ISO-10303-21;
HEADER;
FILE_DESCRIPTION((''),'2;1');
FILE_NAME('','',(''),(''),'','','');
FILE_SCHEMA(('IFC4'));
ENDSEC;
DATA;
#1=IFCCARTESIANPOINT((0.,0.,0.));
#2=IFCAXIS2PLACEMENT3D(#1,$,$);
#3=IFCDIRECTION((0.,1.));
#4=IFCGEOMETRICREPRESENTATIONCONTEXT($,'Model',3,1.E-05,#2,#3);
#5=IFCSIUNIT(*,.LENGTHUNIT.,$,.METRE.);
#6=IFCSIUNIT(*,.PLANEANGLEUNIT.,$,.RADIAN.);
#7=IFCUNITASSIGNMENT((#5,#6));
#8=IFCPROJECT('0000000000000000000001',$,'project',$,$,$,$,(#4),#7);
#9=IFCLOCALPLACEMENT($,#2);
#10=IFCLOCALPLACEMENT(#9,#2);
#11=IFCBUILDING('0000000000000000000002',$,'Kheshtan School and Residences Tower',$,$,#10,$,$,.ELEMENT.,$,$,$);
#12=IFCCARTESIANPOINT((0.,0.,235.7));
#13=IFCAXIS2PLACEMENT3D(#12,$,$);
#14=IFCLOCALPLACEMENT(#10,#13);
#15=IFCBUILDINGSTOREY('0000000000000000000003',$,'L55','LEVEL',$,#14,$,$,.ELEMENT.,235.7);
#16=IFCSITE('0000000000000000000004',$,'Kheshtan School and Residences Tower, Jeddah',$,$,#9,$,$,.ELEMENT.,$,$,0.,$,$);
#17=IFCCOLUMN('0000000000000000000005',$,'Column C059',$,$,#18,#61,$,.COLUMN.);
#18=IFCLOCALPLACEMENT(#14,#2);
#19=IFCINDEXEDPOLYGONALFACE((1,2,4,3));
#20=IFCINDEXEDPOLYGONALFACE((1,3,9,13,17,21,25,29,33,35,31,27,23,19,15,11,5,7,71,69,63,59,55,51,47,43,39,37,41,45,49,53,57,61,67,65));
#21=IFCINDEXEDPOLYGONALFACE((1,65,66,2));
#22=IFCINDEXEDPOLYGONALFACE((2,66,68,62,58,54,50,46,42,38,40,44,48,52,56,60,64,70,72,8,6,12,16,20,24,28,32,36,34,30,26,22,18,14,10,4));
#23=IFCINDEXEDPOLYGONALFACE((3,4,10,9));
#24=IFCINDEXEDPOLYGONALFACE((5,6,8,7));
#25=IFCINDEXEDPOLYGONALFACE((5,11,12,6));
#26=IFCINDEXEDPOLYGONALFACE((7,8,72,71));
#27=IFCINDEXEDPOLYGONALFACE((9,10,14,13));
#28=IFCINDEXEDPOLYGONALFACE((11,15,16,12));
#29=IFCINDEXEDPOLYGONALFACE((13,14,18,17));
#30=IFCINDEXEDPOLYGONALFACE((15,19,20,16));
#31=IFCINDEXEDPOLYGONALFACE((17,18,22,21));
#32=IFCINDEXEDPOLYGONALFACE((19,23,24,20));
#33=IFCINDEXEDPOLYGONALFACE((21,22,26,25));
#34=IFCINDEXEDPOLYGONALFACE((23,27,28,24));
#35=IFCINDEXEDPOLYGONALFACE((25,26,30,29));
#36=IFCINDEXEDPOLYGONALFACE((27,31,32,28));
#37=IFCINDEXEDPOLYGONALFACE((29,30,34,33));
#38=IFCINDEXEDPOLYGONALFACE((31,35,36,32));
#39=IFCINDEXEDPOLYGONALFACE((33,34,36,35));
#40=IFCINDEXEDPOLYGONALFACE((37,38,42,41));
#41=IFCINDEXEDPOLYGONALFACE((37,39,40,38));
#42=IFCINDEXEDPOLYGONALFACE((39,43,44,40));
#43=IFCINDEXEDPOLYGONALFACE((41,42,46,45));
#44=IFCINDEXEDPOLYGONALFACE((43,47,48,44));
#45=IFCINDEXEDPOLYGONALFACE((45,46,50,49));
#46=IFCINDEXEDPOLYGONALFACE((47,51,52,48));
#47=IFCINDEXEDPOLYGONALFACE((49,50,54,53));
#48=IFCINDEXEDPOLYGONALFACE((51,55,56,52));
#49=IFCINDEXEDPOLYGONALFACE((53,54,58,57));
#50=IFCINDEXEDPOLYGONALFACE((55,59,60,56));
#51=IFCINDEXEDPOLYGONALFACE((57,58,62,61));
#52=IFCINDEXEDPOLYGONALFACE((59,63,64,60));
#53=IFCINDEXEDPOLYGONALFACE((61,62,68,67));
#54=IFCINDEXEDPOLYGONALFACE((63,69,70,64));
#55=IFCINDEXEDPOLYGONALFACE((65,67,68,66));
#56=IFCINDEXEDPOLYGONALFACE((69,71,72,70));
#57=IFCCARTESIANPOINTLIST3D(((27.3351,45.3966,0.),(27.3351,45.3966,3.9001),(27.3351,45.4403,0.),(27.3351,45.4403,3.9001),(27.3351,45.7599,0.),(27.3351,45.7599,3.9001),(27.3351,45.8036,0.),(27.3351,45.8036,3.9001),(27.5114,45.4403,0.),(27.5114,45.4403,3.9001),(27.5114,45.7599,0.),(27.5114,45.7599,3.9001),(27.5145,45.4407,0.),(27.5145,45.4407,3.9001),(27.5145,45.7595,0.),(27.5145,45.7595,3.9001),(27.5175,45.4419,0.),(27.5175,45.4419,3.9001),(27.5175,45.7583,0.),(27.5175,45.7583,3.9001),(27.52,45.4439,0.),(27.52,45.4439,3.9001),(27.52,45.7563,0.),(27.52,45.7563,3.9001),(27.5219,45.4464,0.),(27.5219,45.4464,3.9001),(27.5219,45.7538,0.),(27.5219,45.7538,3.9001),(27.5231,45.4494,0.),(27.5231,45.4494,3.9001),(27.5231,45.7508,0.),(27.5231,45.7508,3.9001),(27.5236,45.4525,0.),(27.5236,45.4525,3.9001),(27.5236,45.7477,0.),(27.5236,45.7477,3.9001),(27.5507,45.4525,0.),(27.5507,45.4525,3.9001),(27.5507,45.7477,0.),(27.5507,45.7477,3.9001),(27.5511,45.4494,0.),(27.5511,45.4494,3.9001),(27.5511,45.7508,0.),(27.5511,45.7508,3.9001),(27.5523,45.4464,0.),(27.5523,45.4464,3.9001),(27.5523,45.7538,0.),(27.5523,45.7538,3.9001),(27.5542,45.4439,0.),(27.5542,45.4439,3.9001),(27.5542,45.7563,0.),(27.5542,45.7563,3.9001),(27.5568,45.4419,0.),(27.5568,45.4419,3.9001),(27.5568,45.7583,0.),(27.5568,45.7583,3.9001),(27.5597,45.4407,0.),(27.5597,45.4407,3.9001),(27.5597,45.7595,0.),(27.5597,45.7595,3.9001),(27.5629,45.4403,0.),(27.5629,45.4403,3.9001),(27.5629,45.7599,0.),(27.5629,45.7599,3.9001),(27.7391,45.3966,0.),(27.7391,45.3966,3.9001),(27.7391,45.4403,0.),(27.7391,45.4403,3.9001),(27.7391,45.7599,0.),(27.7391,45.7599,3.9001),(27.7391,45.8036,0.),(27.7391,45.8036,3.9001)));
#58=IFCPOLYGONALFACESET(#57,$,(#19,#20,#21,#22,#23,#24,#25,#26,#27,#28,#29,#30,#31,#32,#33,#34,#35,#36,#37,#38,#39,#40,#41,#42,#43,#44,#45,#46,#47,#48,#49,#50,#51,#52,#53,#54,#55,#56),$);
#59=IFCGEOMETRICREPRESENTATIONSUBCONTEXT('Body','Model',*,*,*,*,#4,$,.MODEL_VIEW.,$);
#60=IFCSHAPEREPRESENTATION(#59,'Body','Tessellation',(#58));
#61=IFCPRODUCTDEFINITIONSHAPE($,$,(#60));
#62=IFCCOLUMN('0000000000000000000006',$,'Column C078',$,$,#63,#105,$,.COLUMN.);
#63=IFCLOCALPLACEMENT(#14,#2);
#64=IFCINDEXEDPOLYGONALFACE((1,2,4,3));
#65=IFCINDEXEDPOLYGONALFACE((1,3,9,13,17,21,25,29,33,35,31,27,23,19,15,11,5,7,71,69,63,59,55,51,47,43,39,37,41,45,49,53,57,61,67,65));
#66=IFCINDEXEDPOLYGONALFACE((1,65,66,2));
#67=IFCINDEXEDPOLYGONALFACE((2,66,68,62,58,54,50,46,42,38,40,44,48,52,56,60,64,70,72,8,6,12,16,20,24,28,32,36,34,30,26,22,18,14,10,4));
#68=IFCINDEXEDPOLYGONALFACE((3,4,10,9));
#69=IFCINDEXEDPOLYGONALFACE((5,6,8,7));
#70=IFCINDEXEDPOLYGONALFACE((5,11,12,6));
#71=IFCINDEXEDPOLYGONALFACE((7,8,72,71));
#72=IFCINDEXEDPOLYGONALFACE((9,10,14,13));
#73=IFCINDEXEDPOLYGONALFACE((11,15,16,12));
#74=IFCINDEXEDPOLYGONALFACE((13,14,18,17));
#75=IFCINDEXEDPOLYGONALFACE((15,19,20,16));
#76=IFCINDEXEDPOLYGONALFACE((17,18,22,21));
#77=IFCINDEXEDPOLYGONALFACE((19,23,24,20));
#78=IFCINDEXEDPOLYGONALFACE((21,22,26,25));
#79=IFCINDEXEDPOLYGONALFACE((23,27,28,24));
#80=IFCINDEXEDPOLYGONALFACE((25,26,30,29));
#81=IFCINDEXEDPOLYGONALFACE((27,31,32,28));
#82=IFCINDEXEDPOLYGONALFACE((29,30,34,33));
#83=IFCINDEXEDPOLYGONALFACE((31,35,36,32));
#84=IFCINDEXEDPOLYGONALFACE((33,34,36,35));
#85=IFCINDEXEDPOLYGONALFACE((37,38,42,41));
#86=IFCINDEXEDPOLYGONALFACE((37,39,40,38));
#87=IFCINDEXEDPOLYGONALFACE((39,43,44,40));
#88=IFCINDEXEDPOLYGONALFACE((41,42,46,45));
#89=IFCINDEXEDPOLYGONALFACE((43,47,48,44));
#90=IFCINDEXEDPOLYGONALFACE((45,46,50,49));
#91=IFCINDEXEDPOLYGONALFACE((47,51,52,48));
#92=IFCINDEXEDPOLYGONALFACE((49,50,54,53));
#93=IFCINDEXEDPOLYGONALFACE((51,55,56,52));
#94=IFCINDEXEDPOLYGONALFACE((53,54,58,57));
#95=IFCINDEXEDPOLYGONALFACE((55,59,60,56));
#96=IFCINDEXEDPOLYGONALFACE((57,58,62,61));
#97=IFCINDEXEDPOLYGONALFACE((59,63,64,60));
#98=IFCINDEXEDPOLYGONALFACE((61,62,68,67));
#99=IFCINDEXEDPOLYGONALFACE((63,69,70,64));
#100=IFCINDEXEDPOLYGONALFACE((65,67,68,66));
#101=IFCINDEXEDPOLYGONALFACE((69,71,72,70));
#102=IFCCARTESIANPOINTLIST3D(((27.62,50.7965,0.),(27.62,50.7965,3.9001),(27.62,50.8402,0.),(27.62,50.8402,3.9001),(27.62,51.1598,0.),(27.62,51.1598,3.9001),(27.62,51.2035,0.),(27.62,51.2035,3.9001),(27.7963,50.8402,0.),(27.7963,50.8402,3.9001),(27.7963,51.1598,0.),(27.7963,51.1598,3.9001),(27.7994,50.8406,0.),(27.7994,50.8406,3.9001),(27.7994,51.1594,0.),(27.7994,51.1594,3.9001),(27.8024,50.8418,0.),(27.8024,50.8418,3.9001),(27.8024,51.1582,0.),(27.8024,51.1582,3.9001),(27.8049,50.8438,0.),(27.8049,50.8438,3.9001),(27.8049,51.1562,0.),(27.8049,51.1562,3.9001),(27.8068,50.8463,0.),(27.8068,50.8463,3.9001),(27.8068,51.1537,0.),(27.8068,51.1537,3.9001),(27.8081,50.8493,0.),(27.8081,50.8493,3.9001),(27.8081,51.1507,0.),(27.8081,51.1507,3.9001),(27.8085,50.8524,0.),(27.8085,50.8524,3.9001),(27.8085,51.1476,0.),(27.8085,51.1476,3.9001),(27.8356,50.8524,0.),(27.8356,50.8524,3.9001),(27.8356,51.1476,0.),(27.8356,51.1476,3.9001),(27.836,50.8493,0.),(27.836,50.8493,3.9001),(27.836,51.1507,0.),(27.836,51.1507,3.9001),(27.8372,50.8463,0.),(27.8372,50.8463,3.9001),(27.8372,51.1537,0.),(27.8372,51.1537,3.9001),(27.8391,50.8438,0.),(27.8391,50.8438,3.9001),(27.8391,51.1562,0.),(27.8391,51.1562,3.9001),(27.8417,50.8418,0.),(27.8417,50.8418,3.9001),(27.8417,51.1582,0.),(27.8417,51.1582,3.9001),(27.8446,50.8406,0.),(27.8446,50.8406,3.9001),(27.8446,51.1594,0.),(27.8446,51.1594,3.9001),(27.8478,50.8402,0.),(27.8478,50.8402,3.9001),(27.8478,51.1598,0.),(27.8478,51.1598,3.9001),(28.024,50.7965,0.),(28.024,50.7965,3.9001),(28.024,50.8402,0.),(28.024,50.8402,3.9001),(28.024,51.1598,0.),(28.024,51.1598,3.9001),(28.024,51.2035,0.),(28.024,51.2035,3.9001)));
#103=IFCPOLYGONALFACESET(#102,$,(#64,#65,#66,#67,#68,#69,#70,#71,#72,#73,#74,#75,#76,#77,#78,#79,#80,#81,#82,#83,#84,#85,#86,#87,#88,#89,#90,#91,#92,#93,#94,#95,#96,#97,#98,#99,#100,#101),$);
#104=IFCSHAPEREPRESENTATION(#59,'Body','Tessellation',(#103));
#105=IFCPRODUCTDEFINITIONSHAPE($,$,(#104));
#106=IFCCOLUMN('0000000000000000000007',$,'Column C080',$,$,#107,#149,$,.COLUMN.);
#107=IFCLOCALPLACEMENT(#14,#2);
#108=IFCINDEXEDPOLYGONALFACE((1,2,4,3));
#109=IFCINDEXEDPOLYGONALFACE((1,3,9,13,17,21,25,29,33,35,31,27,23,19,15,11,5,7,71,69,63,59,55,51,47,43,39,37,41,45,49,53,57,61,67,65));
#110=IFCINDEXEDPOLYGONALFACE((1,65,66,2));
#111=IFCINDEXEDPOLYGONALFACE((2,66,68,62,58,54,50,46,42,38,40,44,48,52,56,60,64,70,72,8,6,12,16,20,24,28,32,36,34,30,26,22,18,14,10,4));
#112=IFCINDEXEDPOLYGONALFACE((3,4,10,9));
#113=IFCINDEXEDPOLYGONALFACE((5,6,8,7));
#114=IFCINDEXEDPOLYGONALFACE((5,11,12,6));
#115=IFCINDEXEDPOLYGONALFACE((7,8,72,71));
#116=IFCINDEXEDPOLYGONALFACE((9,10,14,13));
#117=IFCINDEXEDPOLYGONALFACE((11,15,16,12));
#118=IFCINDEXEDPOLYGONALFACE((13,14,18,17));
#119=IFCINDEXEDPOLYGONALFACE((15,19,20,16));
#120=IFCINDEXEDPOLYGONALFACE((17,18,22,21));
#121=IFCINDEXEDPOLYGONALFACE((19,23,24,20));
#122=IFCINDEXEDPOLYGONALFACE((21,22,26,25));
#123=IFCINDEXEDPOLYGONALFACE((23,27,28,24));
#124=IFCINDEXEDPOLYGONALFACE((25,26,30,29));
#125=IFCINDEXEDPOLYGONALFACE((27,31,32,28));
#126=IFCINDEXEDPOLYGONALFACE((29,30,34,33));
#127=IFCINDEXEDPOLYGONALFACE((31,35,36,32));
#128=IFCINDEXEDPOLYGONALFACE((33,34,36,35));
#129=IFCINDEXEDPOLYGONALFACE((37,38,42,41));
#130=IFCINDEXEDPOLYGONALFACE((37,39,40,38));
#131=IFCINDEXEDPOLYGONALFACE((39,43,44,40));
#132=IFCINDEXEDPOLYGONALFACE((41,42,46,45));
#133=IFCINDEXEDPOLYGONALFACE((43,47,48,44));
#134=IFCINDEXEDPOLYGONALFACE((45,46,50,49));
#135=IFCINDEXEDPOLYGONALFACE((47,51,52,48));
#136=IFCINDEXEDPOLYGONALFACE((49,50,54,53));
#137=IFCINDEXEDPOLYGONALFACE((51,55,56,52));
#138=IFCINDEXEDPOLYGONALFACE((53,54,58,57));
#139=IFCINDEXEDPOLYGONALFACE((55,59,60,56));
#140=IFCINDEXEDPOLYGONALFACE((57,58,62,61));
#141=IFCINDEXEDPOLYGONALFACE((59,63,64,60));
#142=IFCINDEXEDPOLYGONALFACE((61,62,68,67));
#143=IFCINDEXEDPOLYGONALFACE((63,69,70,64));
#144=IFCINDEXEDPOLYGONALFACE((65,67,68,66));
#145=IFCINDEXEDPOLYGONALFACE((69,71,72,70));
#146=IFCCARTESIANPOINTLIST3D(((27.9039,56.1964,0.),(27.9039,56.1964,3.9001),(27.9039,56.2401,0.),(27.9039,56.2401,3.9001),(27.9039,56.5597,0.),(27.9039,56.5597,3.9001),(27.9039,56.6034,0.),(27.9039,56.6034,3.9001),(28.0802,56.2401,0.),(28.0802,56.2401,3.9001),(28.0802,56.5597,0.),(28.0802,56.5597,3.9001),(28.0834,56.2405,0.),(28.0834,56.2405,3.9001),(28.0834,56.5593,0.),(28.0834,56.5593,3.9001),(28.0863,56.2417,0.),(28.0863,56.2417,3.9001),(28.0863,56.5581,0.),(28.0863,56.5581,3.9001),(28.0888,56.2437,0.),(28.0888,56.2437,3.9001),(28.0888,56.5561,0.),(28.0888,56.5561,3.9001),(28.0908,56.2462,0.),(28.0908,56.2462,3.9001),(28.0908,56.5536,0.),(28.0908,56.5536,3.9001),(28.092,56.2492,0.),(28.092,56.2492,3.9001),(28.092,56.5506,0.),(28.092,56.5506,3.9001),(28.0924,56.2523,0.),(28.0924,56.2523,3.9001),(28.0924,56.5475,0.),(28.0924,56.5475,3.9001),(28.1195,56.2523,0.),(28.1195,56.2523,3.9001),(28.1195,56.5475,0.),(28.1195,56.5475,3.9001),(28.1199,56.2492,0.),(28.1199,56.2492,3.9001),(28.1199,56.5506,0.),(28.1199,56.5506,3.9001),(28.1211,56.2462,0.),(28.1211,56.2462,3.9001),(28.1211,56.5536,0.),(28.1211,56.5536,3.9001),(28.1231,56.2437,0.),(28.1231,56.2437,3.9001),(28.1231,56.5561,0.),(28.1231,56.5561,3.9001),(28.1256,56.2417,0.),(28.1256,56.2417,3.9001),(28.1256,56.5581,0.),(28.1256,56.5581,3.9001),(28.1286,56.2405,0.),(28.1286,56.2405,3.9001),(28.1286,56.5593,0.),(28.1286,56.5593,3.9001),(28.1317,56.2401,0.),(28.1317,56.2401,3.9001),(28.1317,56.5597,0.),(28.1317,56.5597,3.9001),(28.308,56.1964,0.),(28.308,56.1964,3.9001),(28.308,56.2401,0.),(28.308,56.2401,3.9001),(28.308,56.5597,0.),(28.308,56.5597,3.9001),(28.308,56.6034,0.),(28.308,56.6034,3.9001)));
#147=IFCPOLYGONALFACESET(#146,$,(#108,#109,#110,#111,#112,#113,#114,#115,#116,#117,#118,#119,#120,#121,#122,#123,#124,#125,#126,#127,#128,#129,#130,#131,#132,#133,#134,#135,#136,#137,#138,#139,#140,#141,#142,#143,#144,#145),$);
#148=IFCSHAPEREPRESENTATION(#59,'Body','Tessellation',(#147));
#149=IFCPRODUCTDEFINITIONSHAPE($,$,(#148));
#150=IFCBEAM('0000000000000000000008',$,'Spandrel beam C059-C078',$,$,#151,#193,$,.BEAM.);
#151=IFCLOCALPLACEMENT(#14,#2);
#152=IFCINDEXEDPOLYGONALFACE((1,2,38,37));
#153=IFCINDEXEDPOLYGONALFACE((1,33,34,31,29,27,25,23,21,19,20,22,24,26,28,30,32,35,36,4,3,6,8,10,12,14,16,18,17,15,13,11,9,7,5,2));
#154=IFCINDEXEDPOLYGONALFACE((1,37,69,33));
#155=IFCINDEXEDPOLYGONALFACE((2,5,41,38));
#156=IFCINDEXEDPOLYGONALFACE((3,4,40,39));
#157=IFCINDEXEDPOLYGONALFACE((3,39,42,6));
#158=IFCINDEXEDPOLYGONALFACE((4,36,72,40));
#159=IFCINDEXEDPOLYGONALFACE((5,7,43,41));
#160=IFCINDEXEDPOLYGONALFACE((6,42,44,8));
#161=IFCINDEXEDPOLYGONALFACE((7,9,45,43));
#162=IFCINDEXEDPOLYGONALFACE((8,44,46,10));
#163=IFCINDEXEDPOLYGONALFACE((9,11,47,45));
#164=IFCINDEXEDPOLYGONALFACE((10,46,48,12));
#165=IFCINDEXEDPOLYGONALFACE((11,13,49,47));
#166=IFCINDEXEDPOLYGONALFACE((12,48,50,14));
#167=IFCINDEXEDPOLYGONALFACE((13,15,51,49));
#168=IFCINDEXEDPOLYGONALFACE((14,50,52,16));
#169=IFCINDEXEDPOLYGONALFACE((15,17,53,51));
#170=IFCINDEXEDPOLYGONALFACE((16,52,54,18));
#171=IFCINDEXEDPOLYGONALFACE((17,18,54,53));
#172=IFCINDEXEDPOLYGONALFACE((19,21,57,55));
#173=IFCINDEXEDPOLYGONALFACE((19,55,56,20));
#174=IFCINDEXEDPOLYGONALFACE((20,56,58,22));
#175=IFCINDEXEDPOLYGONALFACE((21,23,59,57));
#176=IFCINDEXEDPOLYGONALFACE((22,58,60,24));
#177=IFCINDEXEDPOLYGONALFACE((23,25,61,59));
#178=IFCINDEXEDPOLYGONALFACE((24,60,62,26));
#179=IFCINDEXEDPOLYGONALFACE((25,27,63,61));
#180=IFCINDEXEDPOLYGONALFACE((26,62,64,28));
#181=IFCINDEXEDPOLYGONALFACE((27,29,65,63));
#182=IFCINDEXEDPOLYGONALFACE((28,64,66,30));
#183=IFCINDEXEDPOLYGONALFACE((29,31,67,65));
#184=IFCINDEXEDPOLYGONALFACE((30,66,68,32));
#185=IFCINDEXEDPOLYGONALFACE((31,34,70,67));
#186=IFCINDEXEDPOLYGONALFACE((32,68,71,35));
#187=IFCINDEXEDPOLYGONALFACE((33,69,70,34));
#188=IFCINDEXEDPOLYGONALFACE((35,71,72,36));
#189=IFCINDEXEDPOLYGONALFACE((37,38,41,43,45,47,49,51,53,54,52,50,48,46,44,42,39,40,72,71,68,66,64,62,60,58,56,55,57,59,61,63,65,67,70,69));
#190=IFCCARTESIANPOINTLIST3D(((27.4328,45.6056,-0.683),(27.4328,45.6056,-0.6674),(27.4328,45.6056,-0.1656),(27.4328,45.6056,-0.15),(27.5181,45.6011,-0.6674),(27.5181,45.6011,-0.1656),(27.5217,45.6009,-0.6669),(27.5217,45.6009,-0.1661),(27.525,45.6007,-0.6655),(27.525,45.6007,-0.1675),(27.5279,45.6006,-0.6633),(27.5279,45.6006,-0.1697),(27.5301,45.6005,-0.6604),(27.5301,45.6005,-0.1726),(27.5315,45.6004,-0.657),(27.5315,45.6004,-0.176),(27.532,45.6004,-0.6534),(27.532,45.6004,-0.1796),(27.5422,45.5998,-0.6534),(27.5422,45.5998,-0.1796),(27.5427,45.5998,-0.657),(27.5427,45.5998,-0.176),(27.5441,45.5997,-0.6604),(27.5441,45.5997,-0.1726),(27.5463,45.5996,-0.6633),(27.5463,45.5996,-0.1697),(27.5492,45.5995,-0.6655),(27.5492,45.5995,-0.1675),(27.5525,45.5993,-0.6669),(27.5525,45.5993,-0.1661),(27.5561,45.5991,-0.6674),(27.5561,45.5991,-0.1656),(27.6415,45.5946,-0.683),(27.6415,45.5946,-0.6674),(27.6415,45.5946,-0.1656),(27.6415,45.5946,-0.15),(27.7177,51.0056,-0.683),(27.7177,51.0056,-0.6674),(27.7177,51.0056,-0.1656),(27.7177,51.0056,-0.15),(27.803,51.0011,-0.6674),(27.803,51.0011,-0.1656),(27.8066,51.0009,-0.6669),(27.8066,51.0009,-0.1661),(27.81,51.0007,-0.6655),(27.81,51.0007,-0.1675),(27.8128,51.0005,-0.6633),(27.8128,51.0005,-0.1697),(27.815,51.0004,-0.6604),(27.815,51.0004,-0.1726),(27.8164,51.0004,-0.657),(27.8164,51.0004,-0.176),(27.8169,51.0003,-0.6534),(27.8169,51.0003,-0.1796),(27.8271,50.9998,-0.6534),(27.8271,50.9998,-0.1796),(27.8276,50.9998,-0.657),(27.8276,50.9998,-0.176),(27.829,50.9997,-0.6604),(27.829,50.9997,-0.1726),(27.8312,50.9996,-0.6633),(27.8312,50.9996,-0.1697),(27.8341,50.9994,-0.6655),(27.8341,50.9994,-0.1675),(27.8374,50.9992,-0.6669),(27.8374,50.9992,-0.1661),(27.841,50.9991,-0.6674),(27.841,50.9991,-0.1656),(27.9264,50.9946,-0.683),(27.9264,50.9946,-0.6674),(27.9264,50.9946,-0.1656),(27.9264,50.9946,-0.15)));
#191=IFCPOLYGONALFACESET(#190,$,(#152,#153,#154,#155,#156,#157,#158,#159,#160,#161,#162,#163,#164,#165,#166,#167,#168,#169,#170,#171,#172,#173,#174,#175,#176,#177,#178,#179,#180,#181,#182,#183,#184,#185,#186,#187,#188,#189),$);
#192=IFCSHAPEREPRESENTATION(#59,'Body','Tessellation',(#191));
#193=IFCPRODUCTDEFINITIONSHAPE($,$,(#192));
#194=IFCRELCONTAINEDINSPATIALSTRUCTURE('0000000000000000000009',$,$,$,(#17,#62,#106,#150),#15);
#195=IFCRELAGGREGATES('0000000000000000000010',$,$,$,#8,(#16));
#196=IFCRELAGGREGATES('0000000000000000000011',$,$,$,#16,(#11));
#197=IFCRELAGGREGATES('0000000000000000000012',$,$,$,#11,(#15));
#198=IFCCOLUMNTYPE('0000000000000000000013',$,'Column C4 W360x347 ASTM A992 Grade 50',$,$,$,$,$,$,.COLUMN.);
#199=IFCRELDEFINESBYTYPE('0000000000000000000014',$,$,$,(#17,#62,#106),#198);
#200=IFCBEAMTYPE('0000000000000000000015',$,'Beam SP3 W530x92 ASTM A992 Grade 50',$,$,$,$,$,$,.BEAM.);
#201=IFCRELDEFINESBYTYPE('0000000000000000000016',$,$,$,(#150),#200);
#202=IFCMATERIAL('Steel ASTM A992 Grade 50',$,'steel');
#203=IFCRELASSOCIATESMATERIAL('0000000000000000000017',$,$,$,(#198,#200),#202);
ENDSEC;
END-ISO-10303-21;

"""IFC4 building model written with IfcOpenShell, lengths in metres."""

from ifc_helpers import new_model, si_unit, direction, frame, origin, origin_2d, place, context, subcontext, project, spatial, i_section, extrude, material, material_profile, profile_set, type_object, element, save


model = new_model("IFC4")

# Units and contexts
model_context = context("Model", 3, precision=1e-05, world=origin(), true_north=direction((0.0, 1.0)))
body_context = subcontext(model_context, "Body", "Model", "MODEL_VIEW")
ifc_project = project(units=[si_unit("LENGTHUNIT", "METRE"), si_unit("PLANEANGLEUNIT", "RADIAN")], contexts=[model_context])

# Site, building, storey
site_placement = place(None, origin())
site = spatial("IfcSite", under=ifc_project, at=site_placement, Name="Kheshtan School and Residences Tower, Jeddah", CompositionType="ELEMENT", RefElevation=0.0)
building_placement = place(site_placement, origin())
building = spatial("IfcBuilding", under=site, at=building_placement, Name="Kheshtan School and Residences Tower", CompositionType="ELEMENT")
storey_placement = place(building_placement, frame((0.0, 0.0, 235.7)))
storey = spatial("IfcBuildingStorey", under=building, at=storey_placement, Name="L55", Description="LEVEL", CompositionType="ELEMENT", Elevation=235.7)

# Columns
ifc_material_1 = material(Name="Steel ASTM A992 Grade 50", Category="steel")
ifc_material_profile_1 = material_profile(ifc_material_1, i_section(OverallWidth=0.4041, OverallDepth=0.407, WebThickness=0.0271, FlangeThickness=0.0437, FilletRadius=0.0122, at=origin_2d()), Name="W360x347")
ifc_profile_set_1 = profile_set([ifc_material_profile_1], Name="Steel ASTM A992 Grade 50")
column_type = type_object("IfcColumnType", Name="Column C4 W360x347 ASTM A992 Grade 50", PredefinedType="COLUMN", material=ifc_profile_set_1)
for number, where, z_axis, x_axis, name in (
    (1, (27.5371, 45.6001, 0.0), (0.0, 0.0, 1.0), (1.0, 0.0, 0.0), "Column C059"),
    (2, (27.822, 51.0, 0.0), (0.0, 0.0, 1.0), (1.0, 0.0, 0.0), "Column C078"),
    (3, (28.106, 56.3999, 0.0), (0.0, 0.0, 1.0), (1.0, 0.0, 0.0), "Column C080"),
):
    element("IfcColumn", number, at=place(storey_placement, frame(where, z_axis=z_axis, x_axis=x_axis)), inside=storey, type_object=column_type, Name=name, PredefinedType="COLUMN", context=body_context, shape_type="SweptSolid", body=[
        extrude(i_section(OverallWidth=0.4041, OverallDepth=0.407, WebThickness=0.0271, FlangeThickness=0.0437, FilletRadius=0.0122, at=origin_2d()), origin(), (0.0, 0.0, 1.0), 3.9001),
    ])

# Beam
ifc_material_profile_2 = material_profile(ifc_material_1, i_section(OverallWidth=0.209, OverallDepth=0.533, WebThickness=0.0103, FlangeThickness=0.0156, FilletRadius=0.0139, at=origin_2d()), Name="W530x92")
ifc_profile_set_2 = profile_set([ifc_material_profile_2], Name="Steel ASTM A992 Grade 50")
beam_type = type_object("IfcBeamType", Name="Beam SP3 W530x92 ASTM A992 Grade 50", PredefinedType="BEAM", material=ifc_profile_set_2)
for number, where, z_axis, x_axis, name in (
    (4, (27.5371, 45.6001, -0.4165), (0.052689, 0.998611, 0.0), (-0.998611, 0.052689, 0.0), "Spandrel beam C059-C078"),
):
    element("IfcBeam", number, at=place(storey_placement, frame(where, z_axis=z_axis, x_axis=x_axis)), inside=storey, type_object=beam_type, Name=name, PredefinedType="BEAM", context=body_context, shape_type="SweptSolid", body=[
        extrude(i_section(OverallWidth=0.209, OverallDepth=0.533, WebThickness=0.0103, FlangeThickness=0.0156, FilletRadius=0.0139, at=origin_2d()), origin(), (0.0, 0.0, 1.0), 5.4075),
    ])

save(model, "model.ifc")
